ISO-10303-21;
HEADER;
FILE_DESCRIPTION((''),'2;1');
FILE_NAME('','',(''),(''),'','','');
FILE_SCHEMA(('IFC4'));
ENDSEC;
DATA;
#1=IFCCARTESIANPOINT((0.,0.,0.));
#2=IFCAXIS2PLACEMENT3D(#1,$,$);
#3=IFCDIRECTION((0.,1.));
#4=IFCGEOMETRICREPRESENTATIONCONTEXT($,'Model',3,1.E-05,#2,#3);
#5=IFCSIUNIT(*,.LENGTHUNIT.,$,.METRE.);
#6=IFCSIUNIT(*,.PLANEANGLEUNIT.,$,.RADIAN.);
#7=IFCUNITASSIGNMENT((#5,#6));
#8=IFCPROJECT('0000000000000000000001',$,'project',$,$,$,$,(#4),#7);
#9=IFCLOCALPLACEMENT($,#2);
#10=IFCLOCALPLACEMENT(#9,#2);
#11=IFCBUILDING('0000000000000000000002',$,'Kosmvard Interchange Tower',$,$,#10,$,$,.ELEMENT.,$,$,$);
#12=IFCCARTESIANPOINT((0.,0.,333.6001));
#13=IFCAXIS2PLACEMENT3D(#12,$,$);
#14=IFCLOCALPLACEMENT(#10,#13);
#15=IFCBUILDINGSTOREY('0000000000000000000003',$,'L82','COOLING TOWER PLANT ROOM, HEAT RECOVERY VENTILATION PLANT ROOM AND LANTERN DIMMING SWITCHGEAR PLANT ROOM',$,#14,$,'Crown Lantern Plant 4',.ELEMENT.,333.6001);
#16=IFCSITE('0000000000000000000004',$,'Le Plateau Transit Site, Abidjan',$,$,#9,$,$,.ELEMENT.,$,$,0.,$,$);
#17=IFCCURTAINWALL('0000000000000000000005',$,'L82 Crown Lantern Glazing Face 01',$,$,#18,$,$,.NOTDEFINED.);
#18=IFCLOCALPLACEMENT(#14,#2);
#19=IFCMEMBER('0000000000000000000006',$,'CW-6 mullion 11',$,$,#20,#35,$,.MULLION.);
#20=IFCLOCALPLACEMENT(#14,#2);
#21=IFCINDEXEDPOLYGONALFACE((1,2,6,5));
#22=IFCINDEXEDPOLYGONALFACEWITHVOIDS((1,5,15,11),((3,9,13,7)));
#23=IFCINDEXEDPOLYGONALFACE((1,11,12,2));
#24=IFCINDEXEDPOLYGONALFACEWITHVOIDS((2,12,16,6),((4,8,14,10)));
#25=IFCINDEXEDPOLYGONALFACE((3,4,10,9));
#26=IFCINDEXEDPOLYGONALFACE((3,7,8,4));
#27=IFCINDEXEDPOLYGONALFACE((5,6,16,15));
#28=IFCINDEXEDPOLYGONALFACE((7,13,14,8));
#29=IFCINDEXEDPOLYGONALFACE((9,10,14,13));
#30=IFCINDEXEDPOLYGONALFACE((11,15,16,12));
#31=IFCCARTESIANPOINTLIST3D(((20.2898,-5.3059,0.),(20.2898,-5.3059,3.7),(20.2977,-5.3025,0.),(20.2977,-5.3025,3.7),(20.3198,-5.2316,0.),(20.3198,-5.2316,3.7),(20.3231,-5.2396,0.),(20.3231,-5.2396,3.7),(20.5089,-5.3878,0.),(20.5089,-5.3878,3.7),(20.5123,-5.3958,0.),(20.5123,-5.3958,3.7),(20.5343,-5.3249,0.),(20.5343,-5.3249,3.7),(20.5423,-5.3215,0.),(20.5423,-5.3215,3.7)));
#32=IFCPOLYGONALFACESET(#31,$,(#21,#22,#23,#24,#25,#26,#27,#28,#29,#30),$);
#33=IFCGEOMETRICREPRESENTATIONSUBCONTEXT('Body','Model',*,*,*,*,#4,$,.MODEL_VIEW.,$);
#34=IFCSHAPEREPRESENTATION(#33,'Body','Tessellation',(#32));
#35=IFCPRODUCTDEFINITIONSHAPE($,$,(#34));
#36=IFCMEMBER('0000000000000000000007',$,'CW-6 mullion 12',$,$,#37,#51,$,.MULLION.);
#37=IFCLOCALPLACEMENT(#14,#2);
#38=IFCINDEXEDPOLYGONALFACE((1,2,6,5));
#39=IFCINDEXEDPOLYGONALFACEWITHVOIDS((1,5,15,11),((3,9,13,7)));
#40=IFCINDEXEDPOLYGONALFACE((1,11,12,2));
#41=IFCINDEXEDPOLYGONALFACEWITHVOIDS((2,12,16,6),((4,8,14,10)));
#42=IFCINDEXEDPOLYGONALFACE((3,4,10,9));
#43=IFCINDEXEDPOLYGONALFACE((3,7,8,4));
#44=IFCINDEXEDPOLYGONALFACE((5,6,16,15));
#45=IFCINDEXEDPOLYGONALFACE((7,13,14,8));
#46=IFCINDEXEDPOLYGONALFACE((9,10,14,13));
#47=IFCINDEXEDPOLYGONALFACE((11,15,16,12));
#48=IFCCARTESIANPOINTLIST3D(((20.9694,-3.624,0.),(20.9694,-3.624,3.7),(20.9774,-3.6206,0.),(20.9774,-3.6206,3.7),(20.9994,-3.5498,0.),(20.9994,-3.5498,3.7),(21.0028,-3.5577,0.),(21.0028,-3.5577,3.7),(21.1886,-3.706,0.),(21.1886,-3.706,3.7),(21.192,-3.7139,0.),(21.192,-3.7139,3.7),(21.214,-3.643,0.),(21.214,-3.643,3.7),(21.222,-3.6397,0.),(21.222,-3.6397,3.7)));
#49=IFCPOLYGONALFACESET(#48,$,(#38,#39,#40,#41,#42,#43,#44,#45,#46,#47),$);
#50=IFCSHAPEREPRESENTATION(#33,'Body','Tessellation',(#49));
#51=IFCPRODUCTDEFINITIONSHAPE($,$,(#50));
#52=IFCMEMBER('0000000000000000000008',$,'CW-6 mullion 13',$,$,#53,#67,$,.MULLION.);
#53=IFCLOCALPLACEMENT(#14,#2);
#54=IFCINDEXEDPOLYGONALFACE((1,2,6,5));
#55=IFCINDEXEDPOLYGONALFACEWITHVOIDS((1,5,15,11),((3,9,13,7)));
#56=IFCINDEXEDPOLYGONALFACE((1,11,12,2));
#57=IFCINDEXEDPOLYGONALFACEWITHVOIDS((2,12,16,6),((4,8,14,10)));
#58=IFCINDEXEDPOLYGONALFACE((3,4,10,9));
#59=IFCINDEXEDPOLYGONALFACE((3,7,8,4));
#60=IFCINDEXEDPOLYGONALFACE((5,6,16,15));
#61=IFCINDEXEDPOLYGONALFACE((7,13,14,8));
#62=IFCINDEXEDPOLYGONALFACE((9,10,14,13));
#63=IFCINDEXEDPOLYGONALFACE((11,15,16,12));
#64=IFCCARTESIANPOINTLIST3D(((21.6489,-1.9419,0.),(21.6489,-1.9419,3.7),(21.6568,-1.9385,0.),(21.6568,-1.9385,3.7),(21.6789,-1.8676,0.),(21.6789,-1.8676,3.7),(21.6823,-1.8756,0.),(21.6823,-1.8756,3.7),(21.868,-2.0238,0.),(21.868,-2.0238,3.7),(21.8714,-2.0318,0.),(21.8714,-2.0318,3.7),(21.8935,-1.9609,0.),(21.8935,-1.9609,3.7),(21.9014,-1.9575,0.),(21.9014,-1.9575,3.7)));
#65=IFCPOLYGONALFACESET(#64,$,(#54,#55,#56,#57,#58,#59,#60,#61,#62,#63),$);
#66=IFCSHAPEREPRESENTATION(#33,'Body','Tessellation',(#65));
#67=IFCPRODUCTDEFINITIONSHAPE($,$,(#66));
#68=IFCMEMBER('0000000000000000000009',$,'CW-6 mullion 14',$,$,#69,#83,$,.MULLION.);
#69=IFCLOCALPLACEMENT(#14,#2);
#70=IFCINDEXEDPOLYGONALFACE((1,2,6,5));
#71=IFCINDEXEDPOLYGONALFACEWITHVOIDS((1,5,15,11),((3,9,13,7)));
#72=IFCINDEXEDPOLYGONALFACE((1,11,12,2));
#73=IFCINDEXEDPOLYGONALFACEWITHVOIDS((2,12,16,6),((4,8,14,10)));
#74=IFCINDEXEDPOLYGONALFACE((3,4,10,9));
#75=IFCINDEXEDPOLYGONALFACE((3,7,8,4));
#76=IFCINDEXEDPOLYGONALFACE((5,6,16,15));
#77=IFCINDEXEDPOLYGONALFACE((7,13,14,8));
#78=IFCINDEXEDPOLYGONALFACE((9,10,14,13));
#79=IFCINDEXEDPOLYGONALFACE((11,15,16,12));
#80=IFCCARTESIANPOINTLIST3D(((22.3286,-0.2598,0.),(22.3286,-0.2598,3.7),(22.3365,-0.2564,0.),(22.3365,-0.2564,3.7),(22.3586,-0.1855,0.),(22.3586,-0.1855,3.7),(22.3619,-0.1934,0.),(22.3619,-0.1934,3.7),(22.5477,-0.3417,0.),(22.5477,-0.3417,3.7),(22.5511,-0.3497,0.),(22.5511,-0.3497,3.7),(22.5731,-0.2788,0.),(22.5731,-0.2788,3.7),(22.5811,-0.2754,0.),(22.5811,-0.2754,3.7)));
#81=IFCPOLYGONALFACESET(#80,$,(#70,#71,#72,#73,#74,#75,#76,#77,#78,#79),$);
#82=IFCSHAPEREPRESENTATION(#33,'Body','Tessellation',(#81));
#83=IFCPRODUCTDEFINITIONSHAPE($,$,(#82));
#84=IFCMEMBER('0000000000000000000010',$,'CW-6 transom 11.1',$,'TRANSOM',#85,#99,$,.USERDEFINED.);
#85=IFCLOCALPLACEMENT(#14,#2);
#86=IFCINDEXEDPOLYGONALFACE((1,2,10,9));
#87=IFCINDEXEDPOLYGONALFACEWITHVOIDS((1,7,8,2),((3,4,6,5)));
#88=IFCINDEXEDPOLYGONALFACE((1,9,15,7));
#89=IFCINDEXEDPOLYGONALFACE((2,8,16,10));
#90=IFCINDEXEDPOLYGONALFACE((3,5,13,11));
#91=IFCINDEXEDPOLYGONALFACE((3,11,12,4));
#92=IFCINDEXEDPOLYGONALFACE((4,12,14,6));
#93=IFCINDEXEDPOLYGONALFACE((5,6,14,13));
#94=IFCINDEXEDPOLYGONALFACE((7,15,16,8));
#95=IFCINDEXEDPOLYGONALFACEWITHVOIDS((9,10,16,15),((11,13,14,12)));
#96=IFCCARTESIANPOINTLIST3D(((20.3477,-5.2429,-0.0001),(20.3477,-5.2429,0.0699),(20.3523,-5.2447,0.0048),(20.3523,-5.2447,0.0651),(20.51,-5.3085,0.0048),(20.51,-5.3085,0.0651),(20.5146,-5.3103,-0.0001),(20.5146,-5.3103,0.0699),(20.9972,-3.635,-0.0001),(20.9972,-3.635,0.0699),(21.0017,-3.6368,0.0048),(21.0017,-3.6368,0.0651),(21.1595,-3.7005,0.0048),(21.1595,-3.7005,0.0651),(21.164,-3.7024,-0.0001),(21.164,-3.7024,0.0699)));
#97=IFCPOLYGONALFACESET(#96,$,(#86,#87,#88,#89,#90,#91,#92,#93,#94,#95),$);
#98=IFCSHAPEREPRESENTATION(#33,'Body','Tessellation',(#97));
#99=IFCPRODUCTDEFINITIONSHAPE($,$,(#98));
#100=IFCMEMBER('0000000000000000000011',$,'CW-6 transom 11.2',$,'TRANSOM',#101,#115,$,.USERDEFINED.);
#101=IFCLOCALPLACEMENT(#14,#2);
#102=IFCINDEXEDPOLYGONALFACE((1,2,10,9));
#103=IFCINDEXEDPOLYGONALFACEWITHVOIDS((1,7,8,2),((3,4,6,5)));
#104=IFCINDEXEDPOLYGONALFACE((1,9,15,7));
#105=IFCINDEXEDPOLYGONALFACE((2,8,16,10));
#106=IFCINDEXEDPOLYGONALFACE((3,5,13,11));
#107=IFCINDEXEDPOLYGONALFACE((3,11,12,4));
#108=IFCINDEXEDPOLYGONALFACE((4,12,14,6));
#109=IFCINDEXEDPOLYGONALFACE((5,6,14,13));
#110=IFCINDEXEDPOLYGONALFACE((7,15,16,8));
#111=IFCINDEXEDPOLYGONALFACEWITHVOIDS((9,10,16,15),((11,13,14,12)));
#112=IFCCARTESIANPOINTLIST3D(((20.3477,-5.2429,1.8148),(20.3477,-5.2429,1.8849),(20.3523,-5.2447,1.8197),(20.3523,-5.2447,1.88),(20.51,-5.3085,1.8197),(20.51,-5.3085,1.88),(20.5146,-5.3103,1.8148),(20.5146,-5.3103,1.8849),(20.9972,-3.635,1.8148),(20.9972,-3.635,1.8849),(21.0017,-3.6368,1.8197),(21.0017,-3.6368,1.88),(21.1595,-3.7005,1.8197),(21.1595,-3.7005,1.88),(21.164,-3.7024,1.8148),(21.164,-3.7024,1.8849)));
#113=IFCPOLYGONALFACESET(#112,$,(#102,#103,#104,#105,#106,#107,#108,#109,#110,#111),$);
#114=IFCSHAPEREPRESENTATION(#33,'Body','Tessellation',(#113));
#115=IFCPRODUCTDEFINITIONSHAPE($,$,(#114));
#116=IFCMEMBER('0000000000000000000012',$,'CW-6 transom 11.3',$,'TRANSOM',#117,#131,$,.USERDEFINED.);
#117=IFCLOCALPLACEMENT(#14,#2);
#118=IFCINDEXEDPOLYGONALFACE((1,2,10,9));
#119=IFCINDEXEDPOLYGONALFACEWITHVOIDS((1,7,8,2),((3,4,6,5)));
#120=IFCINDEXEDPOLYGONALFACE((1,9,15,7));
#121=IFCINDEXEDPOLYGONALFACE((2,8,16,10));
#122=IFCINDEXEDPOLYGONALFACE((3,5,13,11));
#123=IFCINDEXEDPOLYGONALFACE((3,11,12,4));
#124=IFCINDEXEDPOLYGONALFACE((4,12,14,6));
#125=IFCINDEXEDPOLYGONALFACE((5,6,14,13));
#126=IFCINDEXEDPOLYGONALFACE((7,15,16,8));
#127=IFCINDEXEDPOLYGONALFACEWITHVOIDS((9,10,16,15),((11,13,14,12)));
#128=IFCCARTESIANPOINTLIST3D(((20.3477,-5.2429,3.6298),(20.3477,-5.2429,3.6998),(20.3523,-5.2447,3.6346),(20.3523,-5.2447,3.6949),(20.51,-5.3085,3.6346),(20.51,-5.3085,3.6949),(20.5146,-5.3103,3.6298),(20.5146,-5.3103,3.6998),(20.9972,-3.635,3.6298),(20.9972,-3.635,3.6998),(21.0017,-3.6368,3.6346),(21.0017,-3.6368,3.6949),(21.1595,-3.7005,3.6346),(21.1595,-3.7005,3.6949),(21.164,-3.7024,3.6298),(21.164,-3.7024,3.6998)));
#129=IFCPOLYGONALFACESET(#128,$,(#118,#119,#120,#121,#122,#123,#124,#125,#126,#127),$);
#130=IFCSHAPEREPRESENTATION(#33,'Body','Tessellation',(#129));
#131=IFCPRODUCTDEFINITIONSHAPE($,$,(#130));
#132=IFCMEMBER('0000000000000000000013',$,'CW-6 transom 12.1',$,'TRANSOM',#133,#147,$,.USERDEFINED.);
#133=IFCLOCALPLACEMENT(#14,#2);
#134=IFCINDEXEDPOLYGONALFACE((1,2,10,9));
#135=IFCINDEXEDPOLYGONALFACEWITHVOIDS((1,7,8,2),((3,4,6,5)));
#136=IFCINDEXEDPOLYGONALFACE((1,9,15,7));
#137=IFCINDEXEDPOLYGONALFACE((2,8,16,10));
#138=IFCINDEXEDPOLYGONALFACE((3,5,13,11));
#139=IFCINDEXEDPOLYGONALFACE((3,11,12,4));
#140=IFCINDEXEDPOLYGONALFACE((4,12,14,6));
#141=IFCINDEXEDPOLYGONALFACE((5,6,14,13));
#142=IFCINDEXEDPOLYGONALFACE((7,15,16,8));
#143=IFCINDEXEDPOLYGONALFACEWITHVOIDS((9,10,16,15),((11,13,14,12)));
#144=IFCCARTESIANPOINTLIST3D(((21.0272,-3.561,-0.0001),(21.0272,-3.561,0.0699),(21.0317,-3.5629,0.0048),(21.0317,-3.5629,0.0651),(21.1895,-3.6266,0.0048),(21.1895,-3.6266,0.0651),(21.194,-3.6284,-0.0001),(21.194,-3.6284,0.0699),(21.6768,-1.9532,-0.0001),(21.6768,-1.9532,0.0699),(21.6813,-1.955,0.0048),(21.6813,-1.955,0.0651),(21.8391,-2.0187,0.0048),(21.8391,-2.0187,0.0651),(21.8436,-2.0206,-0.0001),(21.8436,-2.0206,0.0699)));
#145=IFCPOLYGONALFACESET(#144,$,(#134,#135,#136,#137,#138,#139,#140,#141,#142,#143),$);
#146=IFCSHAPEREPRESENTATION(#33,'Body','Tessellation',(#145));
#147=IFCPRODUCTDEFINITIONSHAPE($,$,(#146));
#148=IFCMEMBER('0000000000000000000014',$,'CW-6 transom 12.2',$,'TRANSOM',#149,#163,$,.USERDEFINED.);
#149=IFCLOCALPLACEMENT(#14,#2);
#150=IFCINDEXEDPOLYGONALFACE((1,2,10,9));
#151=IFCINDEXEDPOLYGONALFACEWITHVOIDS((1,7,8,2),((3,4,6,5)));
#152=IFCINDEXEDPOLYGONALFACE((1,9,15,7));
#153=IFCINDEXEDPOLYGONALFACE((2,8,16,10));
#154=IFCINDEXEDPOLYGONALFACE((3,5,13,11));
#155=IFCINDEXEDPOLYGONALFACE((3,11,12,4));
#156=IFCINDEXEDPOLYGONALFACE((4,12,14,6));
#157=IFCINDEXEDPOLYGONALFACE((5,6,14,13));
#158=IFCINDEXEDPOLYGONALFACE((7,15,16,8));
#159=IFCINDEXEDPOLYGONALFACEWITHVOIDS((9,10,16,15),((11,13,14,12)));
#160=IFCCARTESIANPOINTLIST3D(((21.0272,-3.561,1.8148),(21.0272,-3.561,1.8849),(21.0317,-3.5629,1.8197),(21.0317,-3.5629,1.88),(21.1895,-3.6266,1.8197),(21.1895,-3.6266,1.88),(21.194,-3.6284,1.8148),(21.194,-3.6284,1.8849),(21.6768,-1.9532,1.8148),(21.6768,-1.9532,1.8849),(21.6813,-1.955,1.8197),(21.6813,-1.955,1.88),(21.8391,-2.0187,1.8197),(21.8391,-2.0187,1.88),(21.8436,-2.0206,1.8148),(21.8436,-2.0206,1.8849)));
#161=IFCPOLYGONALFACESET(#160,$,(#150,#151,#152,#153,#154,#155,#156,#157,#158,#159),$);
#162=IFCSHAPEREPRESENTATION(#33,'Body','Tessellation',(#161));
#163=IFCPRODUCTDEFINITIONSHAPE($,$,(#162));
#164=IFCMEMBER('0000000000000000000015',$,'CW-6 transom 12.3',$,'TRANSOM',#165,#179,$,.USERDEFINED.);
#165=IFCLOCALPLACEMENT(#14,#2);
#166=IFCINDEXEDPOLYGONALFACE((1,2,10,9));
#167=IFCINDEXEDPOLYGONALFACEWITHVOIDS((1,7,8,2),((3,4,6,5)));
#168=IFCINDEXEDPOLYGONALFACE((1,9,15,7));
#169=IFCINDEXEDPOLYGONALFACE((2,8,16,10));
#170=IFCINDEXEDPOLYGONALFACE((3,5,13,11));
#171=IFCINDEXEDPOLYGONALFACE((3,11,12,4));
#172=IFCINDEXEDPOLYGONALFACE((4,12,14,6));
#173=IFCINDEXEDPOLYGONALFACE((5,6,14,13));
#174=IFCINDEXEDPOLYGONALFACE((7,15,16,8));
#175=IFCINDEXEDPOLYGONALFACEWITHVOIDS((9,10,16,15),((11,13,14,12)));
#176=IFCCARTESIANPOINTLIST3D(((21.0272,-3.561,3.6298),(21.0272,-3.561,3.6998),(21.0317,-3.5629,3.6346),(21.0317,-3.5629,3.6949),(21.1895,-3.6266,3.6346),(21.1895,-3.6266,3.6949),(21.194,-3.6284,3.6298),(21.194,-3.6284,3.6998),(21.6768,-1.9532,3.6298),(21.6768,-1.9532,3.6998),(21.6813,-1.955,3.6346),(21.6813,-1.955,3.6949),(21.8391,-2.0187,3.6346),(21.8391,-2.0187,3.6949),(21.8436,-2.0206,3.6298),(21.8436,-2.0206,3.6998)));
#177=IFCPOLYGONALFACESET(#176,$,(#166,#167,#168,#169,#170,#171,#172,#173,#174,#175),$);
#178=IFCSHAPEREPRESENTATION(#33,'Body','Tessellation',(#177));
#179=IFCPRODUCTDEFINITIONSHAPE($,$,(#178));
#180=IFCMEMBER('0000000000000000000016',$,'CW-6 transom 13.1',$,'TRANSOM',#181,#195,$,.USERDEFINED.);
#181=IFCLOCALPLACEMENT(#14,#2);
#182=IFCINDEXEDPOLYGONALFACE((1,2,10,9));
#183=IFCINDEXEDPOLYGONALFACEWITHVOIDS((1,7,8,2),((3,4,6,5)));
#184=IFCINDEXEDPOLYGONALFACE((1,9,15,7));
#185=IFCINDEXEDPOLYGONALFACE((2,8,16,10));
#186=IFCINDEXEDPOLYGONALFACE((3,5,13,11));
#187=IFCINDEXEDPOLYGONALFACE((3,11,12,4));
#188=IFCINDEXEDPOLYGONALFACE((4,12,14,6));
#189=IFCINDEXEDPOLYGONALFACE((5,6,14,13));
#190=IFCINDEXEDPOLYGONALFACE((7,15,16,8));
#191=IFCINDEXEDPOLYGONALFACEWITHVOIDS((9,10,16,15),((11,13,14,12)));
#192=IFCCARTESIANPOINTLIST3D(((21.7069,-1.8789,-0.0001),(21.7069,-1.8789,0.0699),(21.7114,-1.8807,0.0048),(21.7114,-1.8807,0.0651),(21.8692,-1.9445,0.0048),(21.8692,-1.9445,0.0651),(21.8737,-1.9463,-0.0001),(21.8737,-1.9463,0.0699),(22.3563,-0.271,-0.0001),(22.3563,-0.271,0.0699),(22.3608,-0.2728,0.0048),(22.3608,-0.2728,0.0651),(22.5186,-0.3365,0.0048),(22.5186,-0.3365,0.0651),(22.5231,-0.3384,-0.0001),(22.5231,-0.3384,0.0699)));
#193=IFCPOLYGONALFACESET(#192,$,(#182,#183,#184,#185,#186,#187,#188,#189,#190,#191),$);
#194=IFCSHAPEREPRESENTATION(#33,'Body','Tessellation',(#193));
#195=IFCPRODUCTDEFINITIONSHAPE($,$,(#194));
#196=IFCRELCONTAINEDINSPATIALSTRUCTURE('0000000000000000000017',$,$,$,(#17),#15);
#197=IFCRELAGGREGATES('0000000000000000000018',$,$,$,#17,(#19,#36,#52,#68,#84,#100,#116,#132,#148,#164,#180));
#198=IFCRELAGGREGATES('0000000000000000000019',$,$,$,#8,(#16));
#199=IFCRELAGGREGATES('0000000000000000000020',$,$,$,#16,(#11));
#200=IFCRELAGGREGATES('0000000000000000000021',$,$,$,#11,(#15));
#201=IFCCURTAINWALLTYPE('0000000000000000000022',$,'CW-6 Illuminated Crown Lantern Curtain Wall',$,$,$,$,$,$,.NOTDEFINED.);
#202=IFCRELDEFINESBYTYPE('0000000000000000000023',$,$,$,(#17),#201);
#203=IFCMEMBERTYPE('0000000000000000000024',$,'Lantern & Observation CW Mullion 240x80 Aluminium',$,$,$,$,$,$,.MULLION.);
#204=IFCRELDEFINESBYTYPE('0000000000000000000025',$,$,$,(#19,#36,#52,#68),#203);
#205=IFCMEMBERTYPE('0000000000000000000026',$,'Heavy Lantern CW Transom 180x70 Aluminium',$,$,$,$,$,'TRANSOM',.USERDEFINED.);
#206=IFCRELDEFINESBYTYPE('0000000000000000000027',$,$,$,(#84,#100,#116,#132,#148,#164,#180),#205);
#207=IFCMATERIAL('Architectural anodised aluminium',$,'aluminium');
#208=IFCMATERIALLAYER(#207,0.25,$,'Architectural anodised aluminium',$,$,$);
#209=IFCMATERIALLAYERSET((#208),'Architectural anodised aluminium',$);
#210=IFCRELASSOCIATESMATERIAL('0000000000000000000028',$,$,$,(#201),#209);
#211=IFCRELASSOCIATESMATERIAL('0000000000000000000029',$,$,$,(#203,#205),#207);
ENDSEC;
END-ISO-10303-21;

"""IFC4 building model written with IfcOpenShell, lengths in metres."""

from ifc_helpers import new_model, si_unit, direction, frame, origin, origin_2d, place, context, subcontext, project, spatial, hollow_rectangle, extrude, source, transform, mapped, material, layer, layer_set, material_profile, profile_set, type_object, element, aggregate, save


model = new_model("IFC4")

# Units and contexts
model_context = context("Model", 3, precision=1e-05, world=origin(), true_north=direction((0.0, 1.0)))
body_context = subcontext(model_context, "Body", "Model", "MODEL_VIEW")
ifc_project = project(units=[si_unit("LENGTHUNIT", "METRE"), si_unit("PLANEANGLEUNIT", "RADIAN")], contexts=[model_context])

# Site, building, storey
site_placement = place(None, origin())
site = spatial("IfcSite", under=ifc_project, at=site_placement, Name="Le Plateau Transit Site, Abidjan", CompositionType="ELEMENT", RefElevation=0.0)
building_placement = place(site_placement, origin())
building = spatial("IfcBuilding", under=site, at=building_placement, Name="Kosmvard Interchange Tower", CompositionType="ELEMENT")
storey_placement = place(building_placement, frame((0.0, 0.0, 333.6001)))
storey = spatial("IfcBuildingStorey", under=building, at=storey_placement, Name="L82", Description="COOLING TOWER PLANT ROOM, HEAT RECOVERY VENTILATION PLANT ROOM AND LANTERN DIMMING SWITCHGEAR PLANT ROOM", LongName="Crown Lantern Plant 4", CompositionType="ELEMENT", Elevation=333.6001)

# Curtain wall, members
ifc_material_1 = material(Name="Architectural anodised aluminium", Category="aluminium")
ifc_layer_1 = layer(ifc_material_1, 0.25, Name="Architectural anodised aluminium")
ifc_layer_set_1 = layer_set([ifc_layer_1], Name="Architectural anodised aluminium")
curtain_wall_type = type_object("IfcCurtainWallType", Name="CW-6 Illuminated Crown Lantern Curtain Wall", PredefinedType="NOTDEFINED", material=ifc_layer_set_1)
curtain_wall_placement = place(storey_placement, origin())
curtain_wall = element("IfcCurtainWall", 1, at=curtain_wall_placement, inside=storey, type_object=curtain_wall_type, Name="L82 Crown Lantern Glazing Face 01", PredefinedType="NOTDEFINED")
ifc_material_profile_1 = material_profile(ifc_material_1, hollow_rectangle(XDim=0.24, YDim=0.0801, WallThickness=0.0061, at=origin_2d()), Name="CWM 240x80x6")
ifc_profile_set_1 = profile_set([ifc_material_profile_1], Name="Architectural anodised aluminium")
member_type_1 = type_object("IfcMemberType", Name="Lantern & Observation CW Mullion 240x80 Aluminium", PredefinedType="MULLION", material=ifc_profile_set_1)
shared_shape_1 = source(origin(), body_context, "Body", "SweptSolid", [
    extrude(hollow_rectangle(XDim=0.24, YDim=0.0801, WallThickness=0.0061, at=origin_2d()), origin(), (0.0, 0.0, 1.0), 3.7),
])
member_1_placement = place(storey_placement, frame((20.416, -5.3137, 0.0), z_axis=(0.0, 0.0, 1.0), x_axis=(-0.927184, 0.374607, 0.0)))
member_1 = element("IfcMember", 2, at=member_1_placement, type_object=member_type_1, Name="CW-6 mullion 11", PredefinedType="MULLION", context=body_context, shape_type="MappedRepresentation", body=[
    mapped(shared_shape_1, transform((0.0, 0.0, 0.0), scale=1.0)),
])
member_2_placement = place(storey_placement, frame((21.0957, -3.6318, 0.0), z_axis=(0.0, 0.0, 1.0), x_axis=(-0.927184, 0.374607, 0.0)))
member_2 = element("IfcMember", 3, at=member_2_placement, type_object=member_type_1, Name="CW-6 mullion 12", PredefinedType="MULLION", context=body_context, shape_type="MappedRepresentation", body=[
    mapped(shared_shape_1, transform((0.0, 0.0, 0.0), scale=1.0)),
])
member_3_placement = place(storey_placement, frame((21.7751, -1.9497, 0.0), z_axis=(0.0, 0.0, 1.0), x_axis=(-0.927184, 0.374607, 0.0)))
member_3 = element("IfcMember", 4, at=member_3_placement, type_object=member_type_1, Name="CW-6 mullion 13", PredefinedType="MULLION", context=body_context, shape_type="MappedRepresentation", body=[
    mapped(shared_shape_1, transform((0.0, 0.0, 0.0), scale=1.0)),
])
member_4_placement = place(storey_placement, frame((22.4548, -0.2676, 0.0), z_axis=(0.0, 0.0, 1.0), x_axis=(-0.927184, 0.374607, 0.0)))
member_4 = element("IfcMember", 5, at=member_4_placement, type_object=member_type_1, Name="CW-6 mullion 14", PredefinedType="MULLION", context=body_context, shape_type="MappedRepresentation", body=[
    mapped(shared_shape_1, transform((0.0, 0.0, 0.0), scale=1.0)),
])
ifc_material_profile_2 = material_profile(ifc_material_1, hollow_rectangle(XDim=0.1799, YDim=0.0701, WallThickness=0.0049, at=origin_2d()), Name="CWT 180x70x5")
ifc_profile_set_2 = profile_set([ifc_material_profile_2], Name="Architectural anodised aluminium")
member_type_2 = type_object("IfcMemberType", Name="Heavy Lantern CW Transom 180x70 Aluminium", ElementType="TRANSOM", PredefinedType="USERDEFINED", material=ifc_profile_set_2)
shared_shape_2 = source(origin(), body_context, "Body", "SweptSolid", [
    extrude(hollow_rectangle(XDim=0.1799, YDim=0.0701, WallThickness=0.0049, at=origin_2d()), origin(), (0.0, 0.0, 1.0), 1.7341),
])
member_5_placement = place(storey_placement, frame((20.4312, -5.2766, 0.0349), z_axis=(0.374496, 0.927229, 0.0), x_axis=(-0.927229, 0.374496, 0.0)))
member_5 = element("IfcMember", 6, at=member_5_placement, type_object=member_type_2, Name="CW-6 transom 11.1", ObjectType="TRANSOM", PredefinedType="USERDEFINED", context=body_context, shape_type="MappedRepresentation", body=[
    mapped(shared_shape_2, transform((0.0, 0.0, 0.0), scale=1.0)),
])
member_6_placement = place(storey_placement, frame((20.4312, -5.2766, 1.8499), z_axis=(0.374496, 0.927229, 0.0), x_axis=(-0.927229, 0.374496, 0.0)))
member_6 = element("IfcMember", 7, at=member_6_placement, type_object=member_type_2, Name="CW-6 transom 11.2", ObjectType="TRANSOM", PredefinedType="USERDEFINED", context=body_context, shape_type="MappedRepresentation", body=[
    mapped(shared_shape_2, transform((0.0, 0.0, 0.0), scale=1.0)),
])
member_7_placement = place(storey_placement, frame((20.4312, -5.2766, 3.6648), z_axis=(0.374496, 0.927229, 0.0), x_axis=(-0.927229, 0.374496, 0.0)))
member_7 = element("IfcMember", 8, at=member_7_placement, type_object=member_type_2, Name="CW-6 transom 11.3", ObjectType="TRANSOM", PredefinedType="USERDEFINED", context=body_context, shape_type="MappedRepresentation", body=[
    mapped(shared_shape_2, transform((0.0, 0.0, 0.0), scale=1.0)),
])
member_8_placement = place(storey_placement, frame((21.1106, -3.5947, 0.0349), z_axis=(0.374617, 0.92718, 0.0), x_axis=(-0.92718, 0.374617, 0.0)))
member_8 = element("IfcMember", 9, at=member_8_placement, type_object=member_type_2, Name="CW-6 transom 12.1", ObjectType="TRANSOM", PredefinedType="USERDEFINED", context=body_context, shape_type="MappedRepresentation", body=[
    mapped(shared_shape_2, transform((0.0, 0.0, 0.0), scale=1.0)),
])
member_9_placement = place(storey_placement, frame((21.1106, -3.5947, 1.8499), z_axis=(0.374617, 0.92718, 0.0), x_axis=(-0.92718, 0.374617, 0.0)))
member_9 = element("IfcMember", 10, at=member_9_placement, type_object=member_type_2, Name="CW-6 transom 12.2", ObjectType="TRANSOM", PredefinedType="USERDEFINED", context=body_context, shape_type="MappedRepresentation", body=[
    mapped(shared_shape_2, transform((0.0, 0.0, 0.0), scale=1.0)),
])
member_10_placement = place(storey_placement, frame((21.1106, -3.5947, 3.6648), z_axis=(0.374617, 0.92718, 0.0), x_axis=(-0.92718, 0.374617, 0.0)))
member_10 = element("IfcMember", 11, at=member_10_placement, type_object=member_type_2, Name="CW-6 transom 12.3", ObjectType="TRANSOM", PredefinedType="USERDEFINED", context=body_context, shape_type="MappedRepresentation", body=[
    mapped(shared_shape_2, transform((0.0, 0.0, 0.0), scale=1.0)),
])
member_11_placement = place(storey_placement, frame((21.7903, -1.9126, 0.0349), z_axis=(0.374496, 0.927229, 0.0), x_axis=(-0.927229, 0.374496, 0.0)))
member_11 = element("IfcMember", 12, at=member_11_placement, type_object=member_type_2, Name="CW-6 transom 13.1", ObjectType="TRANSOM", PredefinedType="USERDEFINED", context=body_context, shape_type="MappedRepresentation", body=[
    mapped(shared_shape_2, transform((0.0, 0.0, 0.0), scale=1.0)),
])
aggregate(curtain_wall, [member_1, member_2, member_3, member_4, member_5, member_6, member_7, member_8, member_9, member_10, member_11])

save(model, "model.ifc")
